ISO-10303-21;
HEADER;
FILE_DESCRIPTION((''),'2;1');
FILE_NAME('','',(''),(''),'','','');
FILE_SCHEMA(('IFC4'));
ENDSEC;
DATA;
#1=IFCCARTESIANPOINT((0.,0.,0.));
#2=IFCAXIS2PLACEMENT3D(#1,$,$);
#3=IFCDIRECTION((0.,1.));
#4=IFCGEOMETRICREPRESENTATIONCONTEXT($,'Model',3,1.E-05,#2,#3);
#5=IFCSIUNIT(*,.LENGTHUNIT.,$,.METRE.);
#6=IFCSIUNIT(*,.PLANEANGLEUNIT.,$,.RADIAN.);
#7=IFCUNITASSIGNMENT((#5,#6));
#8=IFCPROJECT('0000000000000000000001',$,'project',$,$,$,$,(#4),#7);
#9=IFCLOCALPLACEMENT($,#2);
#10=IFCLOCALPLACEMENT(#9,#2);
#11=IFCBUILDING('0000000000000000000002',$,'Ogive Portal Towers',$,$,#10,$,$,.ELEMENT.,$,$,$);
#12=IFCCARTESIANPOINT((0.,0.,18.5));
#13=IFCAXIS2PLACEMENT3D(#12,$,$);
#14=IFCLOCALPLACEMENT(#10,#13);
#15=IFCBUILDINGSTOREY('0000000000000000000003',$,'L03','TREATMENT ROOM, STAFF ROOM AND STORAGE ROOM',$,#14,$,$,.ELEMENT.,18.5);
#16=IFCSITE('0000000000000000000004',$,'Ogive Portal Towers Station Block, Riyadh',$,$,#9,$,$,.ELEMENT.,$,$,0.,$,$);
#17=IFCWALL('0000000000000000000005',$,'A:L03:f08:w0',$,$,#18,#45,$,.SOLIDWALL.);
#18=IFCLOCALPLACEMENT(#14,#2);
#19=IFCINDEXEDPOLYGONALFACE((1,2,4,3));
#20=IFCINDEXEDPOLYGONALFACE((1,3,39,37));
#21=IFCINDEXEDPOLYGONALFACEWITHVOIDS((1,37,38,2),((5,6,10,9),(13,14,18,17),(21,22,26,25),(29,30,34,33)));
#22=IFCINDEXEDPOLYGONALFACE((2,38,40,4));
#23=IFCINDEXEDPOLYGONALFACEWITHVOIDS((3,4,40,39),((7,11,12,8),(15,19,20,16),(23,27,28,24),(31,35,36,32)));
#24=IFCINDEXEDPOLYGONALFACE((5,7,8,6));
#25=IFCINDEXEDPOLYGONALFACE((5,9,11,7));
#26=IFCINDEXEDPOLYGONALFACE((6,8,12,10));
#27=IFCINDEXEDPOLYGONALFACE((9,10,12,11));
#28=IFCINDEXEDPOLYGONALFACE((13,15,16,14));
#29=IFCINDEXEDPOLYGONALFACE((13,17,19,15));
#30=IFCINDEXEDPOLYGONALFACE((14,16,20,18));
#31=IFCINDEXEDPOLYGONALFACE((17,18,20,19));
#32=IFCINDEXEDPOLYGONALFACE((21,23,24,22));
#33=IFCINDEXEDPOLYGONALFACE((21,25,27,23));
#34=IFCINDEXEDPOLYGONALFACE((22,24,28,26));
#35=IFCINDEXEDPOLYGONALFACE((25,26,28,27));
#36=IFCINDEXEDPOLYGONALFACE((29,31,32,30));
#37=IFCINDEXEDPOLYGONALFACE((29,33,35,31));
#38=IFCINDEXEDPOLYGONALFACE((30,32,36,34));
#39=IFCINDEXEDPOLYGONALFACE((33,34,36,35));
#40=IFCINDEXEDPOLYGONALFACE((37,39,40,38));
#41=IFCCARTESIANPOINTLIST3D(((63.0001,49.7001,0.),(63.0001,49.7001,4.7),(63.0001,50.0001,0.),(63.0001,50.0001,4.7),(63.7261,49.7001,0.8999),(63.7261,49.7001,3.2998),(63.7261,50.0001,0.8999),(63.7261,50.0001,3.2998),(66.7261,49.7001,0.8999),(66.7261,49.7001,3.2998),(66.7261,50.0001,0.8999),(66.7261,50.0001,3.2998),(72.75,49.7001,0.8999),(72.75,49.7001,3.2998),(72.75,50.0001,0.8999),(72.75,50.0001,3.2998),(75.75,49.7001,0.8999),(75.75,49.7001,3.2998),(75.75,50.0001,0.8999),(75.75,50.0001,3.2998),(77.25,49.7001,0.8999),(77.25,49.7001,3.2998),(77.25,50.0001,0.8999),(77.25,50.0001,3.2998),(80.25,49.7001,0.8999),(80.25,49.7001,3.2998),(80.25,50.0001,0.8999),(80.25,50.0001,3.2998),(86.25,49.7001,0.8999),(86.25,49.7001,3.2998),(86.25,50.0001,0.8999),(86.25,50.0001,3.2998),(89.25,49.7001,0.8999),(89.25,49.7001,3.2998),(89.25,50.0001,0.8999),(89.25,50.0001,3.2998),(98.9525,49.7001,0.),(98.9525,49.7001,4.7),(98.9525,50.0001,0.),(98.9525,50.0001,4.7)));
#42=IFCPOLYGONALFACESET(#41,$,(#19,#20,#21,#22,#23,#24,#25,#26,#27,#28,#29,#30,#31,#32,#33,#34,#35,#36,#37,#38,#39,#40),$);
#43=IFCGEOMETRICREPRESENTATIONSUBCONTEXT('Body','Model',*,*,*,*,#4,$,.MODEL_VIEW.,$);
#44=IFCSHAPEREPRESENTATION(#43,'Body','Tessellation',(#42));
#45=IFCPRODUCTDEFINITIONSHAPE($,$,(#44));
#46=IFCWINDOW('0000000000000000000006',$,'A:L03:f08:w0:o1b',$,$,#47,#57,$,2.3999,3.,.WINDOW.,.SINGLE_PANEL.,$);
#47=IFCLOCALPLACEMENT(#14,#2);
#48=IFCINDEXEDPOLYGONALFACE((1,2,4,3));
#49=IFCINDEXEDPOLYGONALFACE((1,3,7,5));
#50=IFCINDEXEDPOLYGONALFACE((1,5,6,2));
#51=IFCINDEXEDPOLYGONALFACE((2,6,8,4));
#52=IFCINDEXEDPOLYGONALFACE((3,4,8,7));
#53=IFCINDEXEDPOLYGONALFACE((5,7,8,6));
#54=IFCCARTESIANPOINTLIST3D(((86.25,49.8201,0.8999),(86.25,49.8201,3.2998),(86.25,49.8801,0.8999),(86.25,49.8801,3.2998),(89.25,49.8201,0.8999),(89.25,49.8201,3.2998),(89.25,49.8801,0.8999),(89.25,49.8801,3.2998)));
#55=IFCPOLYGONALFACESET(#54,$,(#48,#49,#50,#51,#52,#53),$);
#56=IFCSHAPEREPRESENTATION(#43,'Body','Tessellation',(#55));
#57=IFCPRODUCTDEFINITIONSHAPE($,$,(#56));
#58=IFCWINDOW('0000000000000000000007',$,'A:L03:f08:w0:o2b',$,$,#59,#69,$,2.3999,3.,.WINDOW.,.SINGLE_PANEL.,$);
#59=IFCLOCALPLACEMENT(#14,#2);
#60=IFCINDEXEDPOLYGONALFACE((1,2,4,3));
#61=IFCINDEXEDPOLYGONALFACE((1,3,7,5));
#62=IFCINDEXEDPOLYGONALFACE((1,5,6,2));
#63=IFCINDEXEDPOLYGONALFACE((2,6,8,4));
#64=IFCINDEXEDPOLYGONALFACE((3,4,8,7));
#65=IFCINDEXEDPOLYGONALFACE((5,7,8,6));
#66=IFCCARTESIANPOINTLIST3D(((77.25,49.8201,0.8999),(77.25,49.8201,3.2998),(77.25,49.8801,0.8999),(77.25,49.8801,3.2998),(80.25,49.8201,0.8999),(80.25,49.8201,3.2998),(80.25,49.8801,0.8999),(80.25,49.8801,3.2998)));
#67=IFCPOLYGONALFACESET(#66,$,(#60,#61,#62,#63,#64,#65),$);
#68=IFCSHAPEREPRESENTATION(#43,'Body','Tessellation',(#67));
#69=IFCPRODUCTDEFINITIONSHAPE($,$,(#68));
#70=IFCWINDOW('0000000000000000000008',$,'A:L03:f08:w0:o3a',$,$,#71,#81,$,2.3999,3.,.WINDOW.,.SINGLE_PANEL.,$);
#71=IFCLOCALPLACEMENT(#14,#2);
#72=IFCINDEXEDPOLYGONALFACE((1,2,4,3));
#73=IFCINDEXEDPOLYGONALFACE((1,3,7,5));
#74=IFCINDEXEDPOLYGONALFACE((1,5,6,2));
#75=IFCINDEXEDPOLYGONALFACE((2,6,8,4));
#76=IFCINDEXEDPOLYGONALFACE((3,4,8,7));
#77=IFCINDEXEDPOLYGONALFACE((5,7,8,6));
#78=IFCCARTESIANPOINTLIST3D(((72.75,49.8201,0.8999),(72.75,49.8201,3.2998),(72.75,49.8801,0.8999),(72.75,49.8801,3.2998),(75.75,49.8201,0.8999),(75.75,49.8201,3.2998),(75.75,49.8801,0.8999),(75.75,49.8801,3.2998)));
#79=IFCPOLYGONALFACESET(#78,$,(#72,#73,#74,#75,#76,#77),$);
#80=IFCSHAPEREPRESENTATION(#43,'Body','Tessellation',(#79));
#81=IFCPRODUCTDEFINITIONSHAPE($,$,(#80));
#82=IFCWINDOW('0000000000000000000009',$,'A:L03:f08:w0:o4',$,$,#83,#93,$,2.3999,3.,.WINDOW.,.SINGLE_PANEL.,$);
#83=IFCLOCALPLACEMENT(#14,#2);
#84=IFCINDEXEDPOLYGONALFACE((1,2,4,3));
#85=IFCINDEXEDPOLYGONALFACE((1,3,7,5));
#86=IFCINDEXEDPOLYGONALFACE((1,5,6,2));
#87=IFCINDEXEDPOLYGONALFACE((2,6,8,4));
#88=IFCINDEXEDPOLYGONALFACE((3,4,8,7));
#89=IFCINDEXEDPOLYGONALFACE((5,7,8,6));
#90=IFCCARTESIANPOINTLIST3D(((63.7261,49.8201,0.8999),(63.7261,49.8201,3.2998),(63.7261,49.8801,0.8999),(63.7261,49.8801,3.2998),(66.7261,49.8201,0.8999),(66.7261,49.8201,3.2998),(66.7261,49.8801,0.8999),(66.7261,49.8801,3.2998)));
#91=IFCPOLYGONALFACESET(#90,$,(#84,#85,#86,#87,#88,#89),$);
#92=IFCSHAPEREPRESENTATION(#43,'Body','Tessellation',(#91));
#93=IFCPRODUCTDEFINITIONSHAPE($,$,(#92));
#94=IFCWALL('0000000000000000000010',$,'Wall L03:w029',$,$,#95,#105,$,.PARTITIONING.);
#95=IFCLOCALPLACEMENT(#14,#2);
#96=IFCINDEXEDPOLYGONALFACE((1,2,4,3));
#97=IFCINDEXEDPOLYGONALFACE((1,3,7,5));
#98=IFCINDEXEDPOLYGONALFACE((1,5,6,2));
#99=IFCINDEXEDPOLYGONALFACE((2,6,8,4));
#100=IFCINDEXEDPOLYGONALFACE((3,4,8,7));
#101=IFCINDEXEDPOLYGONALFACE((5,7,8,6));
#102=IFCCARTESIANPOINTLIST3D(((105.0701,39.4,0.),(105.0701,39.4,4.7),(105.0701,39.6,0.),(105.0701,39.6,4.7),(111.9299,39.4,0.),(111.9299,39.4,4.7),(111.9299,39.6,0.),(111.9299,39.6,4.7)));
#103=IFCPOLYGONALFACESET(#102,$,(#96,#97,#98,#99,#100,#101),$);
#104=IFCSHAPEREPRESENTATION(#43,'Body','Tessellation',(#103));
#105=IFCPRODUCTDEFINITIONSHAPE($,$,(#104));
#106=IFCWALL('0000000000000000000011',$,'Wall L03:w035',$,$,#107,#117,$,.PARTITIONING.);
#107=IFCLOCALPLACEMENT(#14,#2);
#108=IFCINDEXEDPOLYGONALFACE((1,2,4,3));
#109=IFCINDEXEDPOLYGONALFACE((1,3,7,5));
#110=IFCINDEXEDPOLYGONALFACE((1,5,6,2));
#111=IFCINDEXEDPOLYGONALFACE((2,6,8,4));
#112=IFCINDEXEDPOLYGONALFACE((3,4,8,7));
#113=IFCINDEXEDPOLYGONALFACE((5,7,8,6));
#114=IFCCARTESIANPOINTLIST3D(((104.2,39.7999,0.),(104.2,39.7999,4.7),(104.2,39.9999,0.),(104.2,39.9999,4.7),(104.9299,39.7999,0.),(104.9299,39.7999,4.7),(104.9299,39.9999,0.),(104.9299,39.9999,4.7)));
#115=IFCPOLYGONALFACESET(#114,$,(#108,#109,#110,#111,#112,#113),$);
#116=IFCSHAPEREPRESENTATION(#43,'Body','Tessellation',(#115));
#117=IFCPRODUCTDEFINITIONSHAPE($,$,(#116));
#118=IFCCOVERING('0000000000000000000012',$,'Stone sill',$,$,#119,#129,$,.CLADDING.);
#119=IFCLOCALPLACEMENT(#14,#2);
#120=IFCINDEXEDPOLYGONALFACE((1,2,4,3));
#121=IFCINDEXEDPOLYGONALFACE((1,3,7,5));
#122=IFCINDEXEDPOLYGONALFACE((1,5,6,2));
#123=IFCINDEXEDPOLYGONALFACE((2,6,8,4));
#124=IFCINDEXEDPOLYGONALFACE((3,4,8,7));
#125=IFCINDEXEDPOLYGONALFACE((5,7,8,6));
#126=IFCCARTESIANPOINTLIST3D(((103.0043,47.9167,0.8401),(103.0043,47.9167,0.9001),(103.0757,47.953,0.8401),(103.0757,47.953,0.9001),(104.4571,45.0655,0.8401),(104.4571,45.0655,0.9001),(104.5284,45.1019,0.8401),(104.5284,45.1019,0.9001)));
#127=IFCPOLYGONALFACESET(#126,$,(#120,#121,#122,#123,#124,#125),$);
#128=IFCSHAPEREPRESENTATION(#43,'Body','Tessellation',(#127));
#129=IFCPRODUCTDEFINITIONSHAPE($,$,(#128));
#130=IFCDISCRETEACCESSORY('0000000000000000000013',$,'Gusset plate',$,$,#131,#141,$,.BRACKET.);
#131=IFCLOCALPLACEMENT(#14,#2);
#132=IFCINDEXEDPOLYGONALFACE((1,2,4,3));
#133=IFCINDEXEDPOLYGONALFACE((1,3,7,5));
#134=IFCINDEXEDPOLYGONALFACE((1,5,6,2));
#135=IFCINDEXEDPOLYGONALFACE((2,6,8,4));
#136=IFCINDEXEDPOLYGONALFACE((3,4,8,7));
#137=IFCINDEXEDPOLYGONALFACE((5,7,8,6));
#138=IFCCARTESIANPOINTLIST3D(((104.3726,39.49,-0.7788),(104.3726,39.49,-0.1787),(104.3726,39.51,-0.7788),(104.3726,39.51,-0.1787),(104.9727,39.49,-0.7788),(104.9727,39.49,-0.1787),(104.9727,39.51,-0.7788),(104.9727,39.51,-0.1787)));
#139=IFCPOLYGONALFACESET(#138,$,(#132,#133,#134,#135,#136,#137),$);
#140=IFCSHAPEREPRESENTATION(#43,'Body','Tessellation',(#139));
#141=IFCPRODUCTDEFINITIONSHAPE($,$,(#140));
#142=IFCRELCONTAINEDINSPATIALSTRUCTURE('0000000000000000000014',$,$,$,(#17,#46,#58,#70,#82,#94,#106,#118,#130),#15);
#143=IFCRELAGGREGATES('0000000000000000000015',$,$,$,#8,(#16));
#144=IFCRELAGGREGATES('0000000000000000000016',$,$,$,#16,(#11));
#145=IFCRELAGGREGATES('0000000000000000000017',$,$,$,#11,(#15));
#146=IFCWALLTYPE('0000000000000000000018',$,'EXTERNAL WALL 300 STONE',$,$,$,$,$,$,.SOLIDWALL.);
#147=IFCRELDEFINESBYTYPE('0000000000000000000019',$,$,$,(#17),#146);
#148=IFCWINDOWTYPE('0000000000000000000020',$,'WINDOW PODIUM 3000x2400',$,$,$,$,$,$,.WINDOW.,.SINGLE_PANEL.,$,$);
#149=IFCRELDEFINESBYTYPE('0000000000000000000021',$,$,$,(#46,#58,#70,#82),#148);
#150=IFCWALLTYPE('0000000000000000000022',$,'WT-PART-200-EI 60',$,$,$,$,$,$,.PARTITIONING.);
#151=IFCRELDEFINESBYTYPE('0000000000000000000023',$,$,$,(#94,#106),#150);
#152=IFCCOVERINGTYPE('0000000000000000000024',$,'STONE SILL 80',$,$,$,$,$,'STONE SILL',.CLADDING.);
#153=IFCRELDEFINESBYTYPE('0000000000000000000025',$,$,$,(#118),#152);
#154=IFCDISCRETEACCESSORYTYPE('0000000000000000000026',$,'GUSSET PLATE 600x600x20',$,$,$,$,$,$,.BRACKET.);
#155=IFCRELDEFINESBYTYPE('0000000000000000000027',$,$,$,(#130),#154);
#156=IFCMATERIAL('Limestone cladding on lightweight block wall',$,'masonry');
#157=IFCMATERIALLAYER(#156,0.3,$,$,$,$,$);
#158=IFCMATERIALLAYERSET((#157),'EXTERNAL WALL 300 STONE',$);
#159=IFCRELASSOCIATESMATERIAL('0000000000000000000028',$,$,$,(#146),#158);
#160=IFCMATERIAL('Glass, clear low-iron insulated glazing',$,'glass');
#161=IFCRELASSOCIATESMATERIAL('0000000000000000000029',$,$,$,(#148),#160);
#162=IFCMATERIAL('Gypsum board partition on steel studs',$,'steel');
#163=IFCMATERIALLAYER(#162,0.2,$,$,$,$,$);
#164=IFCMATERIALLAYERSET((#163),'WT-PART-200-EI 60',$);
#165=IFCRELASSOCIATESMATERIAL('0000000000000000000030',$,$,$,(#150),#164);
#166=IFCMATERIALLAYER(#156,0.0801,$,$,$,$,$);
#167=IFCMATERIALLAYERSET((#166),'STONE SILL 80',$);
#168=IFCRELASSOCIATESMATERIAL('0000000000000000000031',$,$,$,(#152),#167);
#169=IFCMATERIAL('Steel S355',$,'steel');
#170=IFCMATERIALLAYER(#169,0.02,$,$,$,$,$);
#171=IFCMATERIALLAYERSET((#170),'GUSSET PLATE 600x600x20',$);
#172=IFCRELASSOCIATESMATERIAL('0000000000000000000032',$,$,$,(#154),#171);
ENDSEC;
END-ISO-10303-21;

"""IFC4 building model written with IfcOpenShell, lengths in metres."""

from ifc_helpers import new_model, si_unit, direction, frame, frame_2d, origin, origin_2d, place, context, subcontext, project, spatial, rectangle, extrude, material, layer, layer_set, type_object, element, fill, save


model = new_model("IFC4")

# Units and contexts
model_context = context("Model", 3, precision=1e-05, world=origin(), true_north=direction((0.0, 1.0)))
body_context = subcontext(model_context, "Body", "Model", "MODEL_VIEW")
ifc_project = project(units=[si_unit("LENGTHUNIT", "METRE"), si_unit("PLANEANGLEUNIT", "RADIAN")], contexts=[model_context])

# Site, building, storey
site_placement = place(None, origin())
site = spatial("IfcSite", under=ifc_project, at=site_placement, Name="Ogive Portal Towers Station Block, Riyadh", CompositionType="ELEMENT", RefElevation=0.0)
building_placement = place(site_placement, origin())
building = spatial("IfcBuilding", under=site, at=building_placement, Name="Ogive Portal Towers", CompositionType="ELEMENT")
storey_placement = place(building_placement, frame((0.0, 0.0, 18.5)))
storey = spatial("IfcBuildingStorey", under=building, at=storey_placement, Name="L03", Description="TREATMENT ROOM, STAFF ROOM AND STORAGE ROOM", CompositionType="ELEMENT", Elevation=18.5)

# Shared definitions
ifc_material_1 = material(Name="Steel S355", Category="steel")

# Shared definitions
ifc_material_2 = material(Name="Limestone cladding on lightweight block wall", Category="masonry")
ifc_layer_1 = layer(ifc_material_2, 0.3)
ifc_layer_set_1 = layer_set([ifc_layer_1], Name="EXTERNAL WALL 300 STONE")
wall_type_1 = type_object("IfcWallType", Name="EXTERNAL WALL 300 STONE", PredefinedType="SOLIDWALL", material=ifc_layer_set_1)
ifc_material_3 = material(Name="Glass, clear low-iron insulated glazing", Category="glass")
window_type = type_object("IfcWindowType", Name="WINDOW PODIUM 3000x2400", PartitioningType="SINGLE_PANEL", PredefinedType="WINDOW", material=ifc_material_3)

# Wall, openings, windows
wall_1_placement = place(storey_placement, frame((98.9524, 49.8501, 0.0), z_axis=(0.0, 0.0, 1.0), x_axis=(-1.0, 0.0, 0.0)))
wall_1 = element("IfcWall", 1, at=wall_1_placement, inside=storey, type_object=wall_type_1, Name="A:L03:f08:w0", PredefinedType="SOLIDWALL", context=body_context, shape_type="SweptSolid", body=[
    extrude(rectangle(XDim=35.9524, YDim=0.3, at=frame_2d((17.9761, 0.0))), origin(), (0.0, 0.0, 1.0), 4.7),
])
opening_1_placement = place(wall_1_placement, frame((9.7024, 0.0, 0.8999)))
opening_1 = element("IfcOpeningElement", 2, at=opening_1_placement, cuts=wall_1, PredefinedType="OPENING", context=body_context, shape_type="SweptSolid", body=[
    extrude(rectangle(XDim=3.0, YDim=2.3999, at=frame_2d((1.5, 1.2))), frame((0.0, 0.1602, 0.0), z_axis=(0.0, -1.0, 0.0), x_axis=(1.0, 0.0, 0.0)), (0.0, 0.0, 1.0), 0.3201),
])
opening_2_placement = place(wall_1_placement, frame((18.7024, 0.0, 0.8999)))
opening_2 = element("IfcOpeningElement", 3, at=opening_2_placement, cuts=wall_1, PredefinedType="OPENING", context=body_context, shape_type="SweptSolid", body=[
    extrude(rectangle(XDim=3.0, YDim=2.3999, at=frame_2d((1.5, 1.2))), frame((0.0, 0.1602, 0.0), z_axis=(0.0, -1.0, 0.0), x_axis=(1.0, 0.0, 0.0)), (0.0, 0.0, 1.0), 0.3201),
])
opening_3_placement = place(wall_1_placement, frame((23.2024, 0.0, 0.8999)))
opening_3 = element("IfcOpeningElement", 4, at=opening_3_placement, cuts=wall_1, PredefinedType="OPENING", context=body_context, shape_type="SweptSolid", body=[
    extrude(rectangle(XDim=3.0, YDim=2.3999, at=frame_2d((1.5, 1.2))), frame((0.0, 0.1602, 0.0), z_axis=(0.0, -1.0, 0.0), x_axis=(1.0, 0.0, 0.0)), (0.0, 0.0, 1.0), 0.3201),
])
opening_4_placement = place(wall_1_placement, frame((32.2263, 0.0, 0.8999)))
opening_4 = element("IfcOpeningElement", 5, at=opening_4_placement, cuts=wall_1, PredefinedType="OPENING", context=body_context, shape_type="SweptSolid", body=[
    extrude(rectangle(XDim=3.0, YDim=2.3999, at=frame_2d((1.5, 1.2))), frame((0.0, 0.1602, 0.0), z_axis=(0.0, -1.0, 0.0), x_axis=(1.0, 0.0, 0.0)), (0.0, 0.0, 1.0), 0.3201),
])
window_1_placement = place(opening_1_placement, origin())
window_1 = element("IfcWindow", 6, at=window_1_placement, inside=storey, type_object=window_type, Name="A:L03:f08:w0:o1b", OverallHeight=2.3999, OverallWidth=3.0, PartitioningType="SINGLE_PANEL", PredefinedType="WINDOW", context=body_context, shape_type="SweptSolid", body=[
    extrude(rectangle(XDim=3.0, YDim=2.3999, at=frame_2d((1.5, 1.2))), frame((0.0, 0.03, 0.0), z_axis=(0.0, -1.0, 0.0), x_axis=(1.0, 0.0, 0.0)), (0.0, 0.0, 1.0), 0.0601),
])
fill(opening_1, window_1)
window_2_placement = place(opening_2_placement, origin())
window_2 = element("IfcWindow", 7, at=window_2_placement, inside=storey, type_object=window_type, Name="A:L03:f08:w0:o2b", OverallHeight=2.3999, OverallWidth=3.0, PartitioningType="SINGLE_PANEL", PredefinedType="WINDOW", context=body_context, shape_type="SweptSolid", body=[
    extrude(rectangle(XDim=3.0, YDim=2.3999, at=frame_2d((1.5, 1.2))), frame((0.0, 0.03, 0.0), z_axis=(0.0, -1.0, 0.0), x_axis=(1.0, 0.0, 0.0)), (0.0, 0.0, 1.0), 0.0601),
])
fill(opening_2, window_2)
window_3_placement = place(opening_3_placement, origin())
window_3 = element("IfcWindow", 8, at=window_3_placement, inside=storey, type_object=window_type, Name="A:L03:f08:w0:o3a", OverallHeight=2.3999, OverallWidth=3.0, PartitioningType="SINGLE_PANEL", PredefinedType="WINDOW", context=body_context, shape_type="SweptSolid", body=[
    extrude(rectangle(XDim=3.0, YDim=2.3999, at=frame_2d((1.5, 1.2))), frame((0.0, 0.03, 0.0), z_axis=(0.0, -1.0, 0.0), x_axis=(1.0, 0.0, 0.0)), (0.0, 0.0, 1.0), 0.0601),
])
fill(opening_3, window_3)
window_4_placement = place(opening_4_placement, origin())
window_4 = element("IfcWindow", 9, at=window_4_placement, inside=storey, type_object=window_type, Name="A:L03:f08:w0:o4", OverallHeight=2.3999, OverallWidth=3.0, PartitioningType="SINGLE_PANEL", PredefinedType="WINDOW", context=body_context, shape_type="SweptSolid", body=[
    extrude(rectangle(XDim=3.0, YDim=2.3999, at=frame_2d((1.5, 1.2))), frame((0.0, 0.03, 0.0), z_axis=(0.0, -1.0, 0.0), x_axis=(1.0, 0.0, 0.0)), (0.0, 0.0, 1.0), 0.0601),
])
fill(opening_4, window_4)

# Walls
ifc_material_4 = material(Name="Gypsum board partition on steel studs", Category="steel")
ifc_layer_2 = layer(ifc_material_4, 0.2)
ifc_layer_set_2 = layer_set([ifc_layer_2], Name="WT-PART-200-EI 60")
wall_type_2 = type_object("IfcWallType", Name="WT-PART-200-EI 60", PredefinedType="PARTITIONING", material=ifc_layer_set_2)
wall_2_placement = place(storey_placement, frame((105.0701, 39.5, 0.0), z_axis=(0.0, 0.0, 1.0), x_axis=(1.0, 0.0, 0.0)))
element("IfcWall", 10, at=wall_2_placement, inside=storey, type_object=wall_type_2, Name="Wall L03:w029", PredefinedType="PARTITIONING", context=body_context, shape_type="SweptSolid", body=[
    extrude(rectangle(XDim=6.8599, YDim=0.2, at=frame_2d((3.4299, 0.0))), origin(), (0.0, 0.0, 1.0), 4.7),
])
wall_3_placement = place(storey_placement, frame((104.2, 39.8999, 0.0), z_axis=(0.0, 0.0, 1.0), x_axis=(1.0, 0.0, 0.0)))
element("IfcWall", 11, at=wall_3_placement, inside=storey, type_object=wall_type_2, Name="Wall L03:w035", PredefinedType="PARTITIONING", context=body_context, shape_type="SweptSolid", body=[
    extrude(rectangle(XDim=0.73, YDim=0.2, at=frame_2d((0.365, 0.0))), origin(), (0.0, 0.0, 1.0), 4.7),
])

# Covering
ifc_layer_3 = layer(ifc_material_2, 0.0801)
ifc_layer_set_3 = layer_set([ifc_layer_3], Name="STONE SILL 80")
covering_type = type_object("IfcCoveringType", Name="STONE SILL 80", ElementType="STONE SILL", PredefinedType="CLADDING", material=ifc_layer_set_3)
covering_placement = place(storey_placement, frame((103.7664, 46.5093, 0.8401), z_axis=(0.0, 0.0, 1.0), x_axis=(-0.45399, 0.891007, 0.0)))
element("IfcCovering", 12, at=covering_placement, inside=storey, type_object=covering_type, Name="Stone sill", PredefinedType="CLADDING", context=body_context, shape_type="SweptSolid", body=[
    extrude(rectangle(XDim=3.2, YDim=0.0801, at=origin_2d()), origin(), (0.0, 0.0, 1.0), 0.0601),
])

# Discrete accessory
ifc_layer_4 = layer(ifc_material_1, 0.02)
ifc_layer_set_4 = layer_set([ifc_layer_4], Name="GUSSET PLATE 600x600x20")
discrete_accessory_type = type_object("IfcDiscreteAccessoryType", Name="GUSSET PLATE 600x600x20", PredefinedType="BRACKET", material=ifc_layer_set_4)
discrete_accessory_placement = place(storey_placement, frame((104.6726, 39.5, -0.7788), z_axis=(0.0, 0.0, 1.0), x_axis=(1.0, 0.0, 0.0)))
element("IfcDiscreteAccessory", 13, at=discrete_accessory_placement, inside=storey, type_object=discrete_accessory_type, Name="Gusset plate", PredefinedType="BRACKET", context=body_context, shape_type="SweptSolid", body=[
    extrude(rectangle(XDim=0.6001, YDim=0.02, at=origin_2d()), origin(), (0.0, 0.0, 1.0), 0.6001),
])

save(model, "model.ifc")
